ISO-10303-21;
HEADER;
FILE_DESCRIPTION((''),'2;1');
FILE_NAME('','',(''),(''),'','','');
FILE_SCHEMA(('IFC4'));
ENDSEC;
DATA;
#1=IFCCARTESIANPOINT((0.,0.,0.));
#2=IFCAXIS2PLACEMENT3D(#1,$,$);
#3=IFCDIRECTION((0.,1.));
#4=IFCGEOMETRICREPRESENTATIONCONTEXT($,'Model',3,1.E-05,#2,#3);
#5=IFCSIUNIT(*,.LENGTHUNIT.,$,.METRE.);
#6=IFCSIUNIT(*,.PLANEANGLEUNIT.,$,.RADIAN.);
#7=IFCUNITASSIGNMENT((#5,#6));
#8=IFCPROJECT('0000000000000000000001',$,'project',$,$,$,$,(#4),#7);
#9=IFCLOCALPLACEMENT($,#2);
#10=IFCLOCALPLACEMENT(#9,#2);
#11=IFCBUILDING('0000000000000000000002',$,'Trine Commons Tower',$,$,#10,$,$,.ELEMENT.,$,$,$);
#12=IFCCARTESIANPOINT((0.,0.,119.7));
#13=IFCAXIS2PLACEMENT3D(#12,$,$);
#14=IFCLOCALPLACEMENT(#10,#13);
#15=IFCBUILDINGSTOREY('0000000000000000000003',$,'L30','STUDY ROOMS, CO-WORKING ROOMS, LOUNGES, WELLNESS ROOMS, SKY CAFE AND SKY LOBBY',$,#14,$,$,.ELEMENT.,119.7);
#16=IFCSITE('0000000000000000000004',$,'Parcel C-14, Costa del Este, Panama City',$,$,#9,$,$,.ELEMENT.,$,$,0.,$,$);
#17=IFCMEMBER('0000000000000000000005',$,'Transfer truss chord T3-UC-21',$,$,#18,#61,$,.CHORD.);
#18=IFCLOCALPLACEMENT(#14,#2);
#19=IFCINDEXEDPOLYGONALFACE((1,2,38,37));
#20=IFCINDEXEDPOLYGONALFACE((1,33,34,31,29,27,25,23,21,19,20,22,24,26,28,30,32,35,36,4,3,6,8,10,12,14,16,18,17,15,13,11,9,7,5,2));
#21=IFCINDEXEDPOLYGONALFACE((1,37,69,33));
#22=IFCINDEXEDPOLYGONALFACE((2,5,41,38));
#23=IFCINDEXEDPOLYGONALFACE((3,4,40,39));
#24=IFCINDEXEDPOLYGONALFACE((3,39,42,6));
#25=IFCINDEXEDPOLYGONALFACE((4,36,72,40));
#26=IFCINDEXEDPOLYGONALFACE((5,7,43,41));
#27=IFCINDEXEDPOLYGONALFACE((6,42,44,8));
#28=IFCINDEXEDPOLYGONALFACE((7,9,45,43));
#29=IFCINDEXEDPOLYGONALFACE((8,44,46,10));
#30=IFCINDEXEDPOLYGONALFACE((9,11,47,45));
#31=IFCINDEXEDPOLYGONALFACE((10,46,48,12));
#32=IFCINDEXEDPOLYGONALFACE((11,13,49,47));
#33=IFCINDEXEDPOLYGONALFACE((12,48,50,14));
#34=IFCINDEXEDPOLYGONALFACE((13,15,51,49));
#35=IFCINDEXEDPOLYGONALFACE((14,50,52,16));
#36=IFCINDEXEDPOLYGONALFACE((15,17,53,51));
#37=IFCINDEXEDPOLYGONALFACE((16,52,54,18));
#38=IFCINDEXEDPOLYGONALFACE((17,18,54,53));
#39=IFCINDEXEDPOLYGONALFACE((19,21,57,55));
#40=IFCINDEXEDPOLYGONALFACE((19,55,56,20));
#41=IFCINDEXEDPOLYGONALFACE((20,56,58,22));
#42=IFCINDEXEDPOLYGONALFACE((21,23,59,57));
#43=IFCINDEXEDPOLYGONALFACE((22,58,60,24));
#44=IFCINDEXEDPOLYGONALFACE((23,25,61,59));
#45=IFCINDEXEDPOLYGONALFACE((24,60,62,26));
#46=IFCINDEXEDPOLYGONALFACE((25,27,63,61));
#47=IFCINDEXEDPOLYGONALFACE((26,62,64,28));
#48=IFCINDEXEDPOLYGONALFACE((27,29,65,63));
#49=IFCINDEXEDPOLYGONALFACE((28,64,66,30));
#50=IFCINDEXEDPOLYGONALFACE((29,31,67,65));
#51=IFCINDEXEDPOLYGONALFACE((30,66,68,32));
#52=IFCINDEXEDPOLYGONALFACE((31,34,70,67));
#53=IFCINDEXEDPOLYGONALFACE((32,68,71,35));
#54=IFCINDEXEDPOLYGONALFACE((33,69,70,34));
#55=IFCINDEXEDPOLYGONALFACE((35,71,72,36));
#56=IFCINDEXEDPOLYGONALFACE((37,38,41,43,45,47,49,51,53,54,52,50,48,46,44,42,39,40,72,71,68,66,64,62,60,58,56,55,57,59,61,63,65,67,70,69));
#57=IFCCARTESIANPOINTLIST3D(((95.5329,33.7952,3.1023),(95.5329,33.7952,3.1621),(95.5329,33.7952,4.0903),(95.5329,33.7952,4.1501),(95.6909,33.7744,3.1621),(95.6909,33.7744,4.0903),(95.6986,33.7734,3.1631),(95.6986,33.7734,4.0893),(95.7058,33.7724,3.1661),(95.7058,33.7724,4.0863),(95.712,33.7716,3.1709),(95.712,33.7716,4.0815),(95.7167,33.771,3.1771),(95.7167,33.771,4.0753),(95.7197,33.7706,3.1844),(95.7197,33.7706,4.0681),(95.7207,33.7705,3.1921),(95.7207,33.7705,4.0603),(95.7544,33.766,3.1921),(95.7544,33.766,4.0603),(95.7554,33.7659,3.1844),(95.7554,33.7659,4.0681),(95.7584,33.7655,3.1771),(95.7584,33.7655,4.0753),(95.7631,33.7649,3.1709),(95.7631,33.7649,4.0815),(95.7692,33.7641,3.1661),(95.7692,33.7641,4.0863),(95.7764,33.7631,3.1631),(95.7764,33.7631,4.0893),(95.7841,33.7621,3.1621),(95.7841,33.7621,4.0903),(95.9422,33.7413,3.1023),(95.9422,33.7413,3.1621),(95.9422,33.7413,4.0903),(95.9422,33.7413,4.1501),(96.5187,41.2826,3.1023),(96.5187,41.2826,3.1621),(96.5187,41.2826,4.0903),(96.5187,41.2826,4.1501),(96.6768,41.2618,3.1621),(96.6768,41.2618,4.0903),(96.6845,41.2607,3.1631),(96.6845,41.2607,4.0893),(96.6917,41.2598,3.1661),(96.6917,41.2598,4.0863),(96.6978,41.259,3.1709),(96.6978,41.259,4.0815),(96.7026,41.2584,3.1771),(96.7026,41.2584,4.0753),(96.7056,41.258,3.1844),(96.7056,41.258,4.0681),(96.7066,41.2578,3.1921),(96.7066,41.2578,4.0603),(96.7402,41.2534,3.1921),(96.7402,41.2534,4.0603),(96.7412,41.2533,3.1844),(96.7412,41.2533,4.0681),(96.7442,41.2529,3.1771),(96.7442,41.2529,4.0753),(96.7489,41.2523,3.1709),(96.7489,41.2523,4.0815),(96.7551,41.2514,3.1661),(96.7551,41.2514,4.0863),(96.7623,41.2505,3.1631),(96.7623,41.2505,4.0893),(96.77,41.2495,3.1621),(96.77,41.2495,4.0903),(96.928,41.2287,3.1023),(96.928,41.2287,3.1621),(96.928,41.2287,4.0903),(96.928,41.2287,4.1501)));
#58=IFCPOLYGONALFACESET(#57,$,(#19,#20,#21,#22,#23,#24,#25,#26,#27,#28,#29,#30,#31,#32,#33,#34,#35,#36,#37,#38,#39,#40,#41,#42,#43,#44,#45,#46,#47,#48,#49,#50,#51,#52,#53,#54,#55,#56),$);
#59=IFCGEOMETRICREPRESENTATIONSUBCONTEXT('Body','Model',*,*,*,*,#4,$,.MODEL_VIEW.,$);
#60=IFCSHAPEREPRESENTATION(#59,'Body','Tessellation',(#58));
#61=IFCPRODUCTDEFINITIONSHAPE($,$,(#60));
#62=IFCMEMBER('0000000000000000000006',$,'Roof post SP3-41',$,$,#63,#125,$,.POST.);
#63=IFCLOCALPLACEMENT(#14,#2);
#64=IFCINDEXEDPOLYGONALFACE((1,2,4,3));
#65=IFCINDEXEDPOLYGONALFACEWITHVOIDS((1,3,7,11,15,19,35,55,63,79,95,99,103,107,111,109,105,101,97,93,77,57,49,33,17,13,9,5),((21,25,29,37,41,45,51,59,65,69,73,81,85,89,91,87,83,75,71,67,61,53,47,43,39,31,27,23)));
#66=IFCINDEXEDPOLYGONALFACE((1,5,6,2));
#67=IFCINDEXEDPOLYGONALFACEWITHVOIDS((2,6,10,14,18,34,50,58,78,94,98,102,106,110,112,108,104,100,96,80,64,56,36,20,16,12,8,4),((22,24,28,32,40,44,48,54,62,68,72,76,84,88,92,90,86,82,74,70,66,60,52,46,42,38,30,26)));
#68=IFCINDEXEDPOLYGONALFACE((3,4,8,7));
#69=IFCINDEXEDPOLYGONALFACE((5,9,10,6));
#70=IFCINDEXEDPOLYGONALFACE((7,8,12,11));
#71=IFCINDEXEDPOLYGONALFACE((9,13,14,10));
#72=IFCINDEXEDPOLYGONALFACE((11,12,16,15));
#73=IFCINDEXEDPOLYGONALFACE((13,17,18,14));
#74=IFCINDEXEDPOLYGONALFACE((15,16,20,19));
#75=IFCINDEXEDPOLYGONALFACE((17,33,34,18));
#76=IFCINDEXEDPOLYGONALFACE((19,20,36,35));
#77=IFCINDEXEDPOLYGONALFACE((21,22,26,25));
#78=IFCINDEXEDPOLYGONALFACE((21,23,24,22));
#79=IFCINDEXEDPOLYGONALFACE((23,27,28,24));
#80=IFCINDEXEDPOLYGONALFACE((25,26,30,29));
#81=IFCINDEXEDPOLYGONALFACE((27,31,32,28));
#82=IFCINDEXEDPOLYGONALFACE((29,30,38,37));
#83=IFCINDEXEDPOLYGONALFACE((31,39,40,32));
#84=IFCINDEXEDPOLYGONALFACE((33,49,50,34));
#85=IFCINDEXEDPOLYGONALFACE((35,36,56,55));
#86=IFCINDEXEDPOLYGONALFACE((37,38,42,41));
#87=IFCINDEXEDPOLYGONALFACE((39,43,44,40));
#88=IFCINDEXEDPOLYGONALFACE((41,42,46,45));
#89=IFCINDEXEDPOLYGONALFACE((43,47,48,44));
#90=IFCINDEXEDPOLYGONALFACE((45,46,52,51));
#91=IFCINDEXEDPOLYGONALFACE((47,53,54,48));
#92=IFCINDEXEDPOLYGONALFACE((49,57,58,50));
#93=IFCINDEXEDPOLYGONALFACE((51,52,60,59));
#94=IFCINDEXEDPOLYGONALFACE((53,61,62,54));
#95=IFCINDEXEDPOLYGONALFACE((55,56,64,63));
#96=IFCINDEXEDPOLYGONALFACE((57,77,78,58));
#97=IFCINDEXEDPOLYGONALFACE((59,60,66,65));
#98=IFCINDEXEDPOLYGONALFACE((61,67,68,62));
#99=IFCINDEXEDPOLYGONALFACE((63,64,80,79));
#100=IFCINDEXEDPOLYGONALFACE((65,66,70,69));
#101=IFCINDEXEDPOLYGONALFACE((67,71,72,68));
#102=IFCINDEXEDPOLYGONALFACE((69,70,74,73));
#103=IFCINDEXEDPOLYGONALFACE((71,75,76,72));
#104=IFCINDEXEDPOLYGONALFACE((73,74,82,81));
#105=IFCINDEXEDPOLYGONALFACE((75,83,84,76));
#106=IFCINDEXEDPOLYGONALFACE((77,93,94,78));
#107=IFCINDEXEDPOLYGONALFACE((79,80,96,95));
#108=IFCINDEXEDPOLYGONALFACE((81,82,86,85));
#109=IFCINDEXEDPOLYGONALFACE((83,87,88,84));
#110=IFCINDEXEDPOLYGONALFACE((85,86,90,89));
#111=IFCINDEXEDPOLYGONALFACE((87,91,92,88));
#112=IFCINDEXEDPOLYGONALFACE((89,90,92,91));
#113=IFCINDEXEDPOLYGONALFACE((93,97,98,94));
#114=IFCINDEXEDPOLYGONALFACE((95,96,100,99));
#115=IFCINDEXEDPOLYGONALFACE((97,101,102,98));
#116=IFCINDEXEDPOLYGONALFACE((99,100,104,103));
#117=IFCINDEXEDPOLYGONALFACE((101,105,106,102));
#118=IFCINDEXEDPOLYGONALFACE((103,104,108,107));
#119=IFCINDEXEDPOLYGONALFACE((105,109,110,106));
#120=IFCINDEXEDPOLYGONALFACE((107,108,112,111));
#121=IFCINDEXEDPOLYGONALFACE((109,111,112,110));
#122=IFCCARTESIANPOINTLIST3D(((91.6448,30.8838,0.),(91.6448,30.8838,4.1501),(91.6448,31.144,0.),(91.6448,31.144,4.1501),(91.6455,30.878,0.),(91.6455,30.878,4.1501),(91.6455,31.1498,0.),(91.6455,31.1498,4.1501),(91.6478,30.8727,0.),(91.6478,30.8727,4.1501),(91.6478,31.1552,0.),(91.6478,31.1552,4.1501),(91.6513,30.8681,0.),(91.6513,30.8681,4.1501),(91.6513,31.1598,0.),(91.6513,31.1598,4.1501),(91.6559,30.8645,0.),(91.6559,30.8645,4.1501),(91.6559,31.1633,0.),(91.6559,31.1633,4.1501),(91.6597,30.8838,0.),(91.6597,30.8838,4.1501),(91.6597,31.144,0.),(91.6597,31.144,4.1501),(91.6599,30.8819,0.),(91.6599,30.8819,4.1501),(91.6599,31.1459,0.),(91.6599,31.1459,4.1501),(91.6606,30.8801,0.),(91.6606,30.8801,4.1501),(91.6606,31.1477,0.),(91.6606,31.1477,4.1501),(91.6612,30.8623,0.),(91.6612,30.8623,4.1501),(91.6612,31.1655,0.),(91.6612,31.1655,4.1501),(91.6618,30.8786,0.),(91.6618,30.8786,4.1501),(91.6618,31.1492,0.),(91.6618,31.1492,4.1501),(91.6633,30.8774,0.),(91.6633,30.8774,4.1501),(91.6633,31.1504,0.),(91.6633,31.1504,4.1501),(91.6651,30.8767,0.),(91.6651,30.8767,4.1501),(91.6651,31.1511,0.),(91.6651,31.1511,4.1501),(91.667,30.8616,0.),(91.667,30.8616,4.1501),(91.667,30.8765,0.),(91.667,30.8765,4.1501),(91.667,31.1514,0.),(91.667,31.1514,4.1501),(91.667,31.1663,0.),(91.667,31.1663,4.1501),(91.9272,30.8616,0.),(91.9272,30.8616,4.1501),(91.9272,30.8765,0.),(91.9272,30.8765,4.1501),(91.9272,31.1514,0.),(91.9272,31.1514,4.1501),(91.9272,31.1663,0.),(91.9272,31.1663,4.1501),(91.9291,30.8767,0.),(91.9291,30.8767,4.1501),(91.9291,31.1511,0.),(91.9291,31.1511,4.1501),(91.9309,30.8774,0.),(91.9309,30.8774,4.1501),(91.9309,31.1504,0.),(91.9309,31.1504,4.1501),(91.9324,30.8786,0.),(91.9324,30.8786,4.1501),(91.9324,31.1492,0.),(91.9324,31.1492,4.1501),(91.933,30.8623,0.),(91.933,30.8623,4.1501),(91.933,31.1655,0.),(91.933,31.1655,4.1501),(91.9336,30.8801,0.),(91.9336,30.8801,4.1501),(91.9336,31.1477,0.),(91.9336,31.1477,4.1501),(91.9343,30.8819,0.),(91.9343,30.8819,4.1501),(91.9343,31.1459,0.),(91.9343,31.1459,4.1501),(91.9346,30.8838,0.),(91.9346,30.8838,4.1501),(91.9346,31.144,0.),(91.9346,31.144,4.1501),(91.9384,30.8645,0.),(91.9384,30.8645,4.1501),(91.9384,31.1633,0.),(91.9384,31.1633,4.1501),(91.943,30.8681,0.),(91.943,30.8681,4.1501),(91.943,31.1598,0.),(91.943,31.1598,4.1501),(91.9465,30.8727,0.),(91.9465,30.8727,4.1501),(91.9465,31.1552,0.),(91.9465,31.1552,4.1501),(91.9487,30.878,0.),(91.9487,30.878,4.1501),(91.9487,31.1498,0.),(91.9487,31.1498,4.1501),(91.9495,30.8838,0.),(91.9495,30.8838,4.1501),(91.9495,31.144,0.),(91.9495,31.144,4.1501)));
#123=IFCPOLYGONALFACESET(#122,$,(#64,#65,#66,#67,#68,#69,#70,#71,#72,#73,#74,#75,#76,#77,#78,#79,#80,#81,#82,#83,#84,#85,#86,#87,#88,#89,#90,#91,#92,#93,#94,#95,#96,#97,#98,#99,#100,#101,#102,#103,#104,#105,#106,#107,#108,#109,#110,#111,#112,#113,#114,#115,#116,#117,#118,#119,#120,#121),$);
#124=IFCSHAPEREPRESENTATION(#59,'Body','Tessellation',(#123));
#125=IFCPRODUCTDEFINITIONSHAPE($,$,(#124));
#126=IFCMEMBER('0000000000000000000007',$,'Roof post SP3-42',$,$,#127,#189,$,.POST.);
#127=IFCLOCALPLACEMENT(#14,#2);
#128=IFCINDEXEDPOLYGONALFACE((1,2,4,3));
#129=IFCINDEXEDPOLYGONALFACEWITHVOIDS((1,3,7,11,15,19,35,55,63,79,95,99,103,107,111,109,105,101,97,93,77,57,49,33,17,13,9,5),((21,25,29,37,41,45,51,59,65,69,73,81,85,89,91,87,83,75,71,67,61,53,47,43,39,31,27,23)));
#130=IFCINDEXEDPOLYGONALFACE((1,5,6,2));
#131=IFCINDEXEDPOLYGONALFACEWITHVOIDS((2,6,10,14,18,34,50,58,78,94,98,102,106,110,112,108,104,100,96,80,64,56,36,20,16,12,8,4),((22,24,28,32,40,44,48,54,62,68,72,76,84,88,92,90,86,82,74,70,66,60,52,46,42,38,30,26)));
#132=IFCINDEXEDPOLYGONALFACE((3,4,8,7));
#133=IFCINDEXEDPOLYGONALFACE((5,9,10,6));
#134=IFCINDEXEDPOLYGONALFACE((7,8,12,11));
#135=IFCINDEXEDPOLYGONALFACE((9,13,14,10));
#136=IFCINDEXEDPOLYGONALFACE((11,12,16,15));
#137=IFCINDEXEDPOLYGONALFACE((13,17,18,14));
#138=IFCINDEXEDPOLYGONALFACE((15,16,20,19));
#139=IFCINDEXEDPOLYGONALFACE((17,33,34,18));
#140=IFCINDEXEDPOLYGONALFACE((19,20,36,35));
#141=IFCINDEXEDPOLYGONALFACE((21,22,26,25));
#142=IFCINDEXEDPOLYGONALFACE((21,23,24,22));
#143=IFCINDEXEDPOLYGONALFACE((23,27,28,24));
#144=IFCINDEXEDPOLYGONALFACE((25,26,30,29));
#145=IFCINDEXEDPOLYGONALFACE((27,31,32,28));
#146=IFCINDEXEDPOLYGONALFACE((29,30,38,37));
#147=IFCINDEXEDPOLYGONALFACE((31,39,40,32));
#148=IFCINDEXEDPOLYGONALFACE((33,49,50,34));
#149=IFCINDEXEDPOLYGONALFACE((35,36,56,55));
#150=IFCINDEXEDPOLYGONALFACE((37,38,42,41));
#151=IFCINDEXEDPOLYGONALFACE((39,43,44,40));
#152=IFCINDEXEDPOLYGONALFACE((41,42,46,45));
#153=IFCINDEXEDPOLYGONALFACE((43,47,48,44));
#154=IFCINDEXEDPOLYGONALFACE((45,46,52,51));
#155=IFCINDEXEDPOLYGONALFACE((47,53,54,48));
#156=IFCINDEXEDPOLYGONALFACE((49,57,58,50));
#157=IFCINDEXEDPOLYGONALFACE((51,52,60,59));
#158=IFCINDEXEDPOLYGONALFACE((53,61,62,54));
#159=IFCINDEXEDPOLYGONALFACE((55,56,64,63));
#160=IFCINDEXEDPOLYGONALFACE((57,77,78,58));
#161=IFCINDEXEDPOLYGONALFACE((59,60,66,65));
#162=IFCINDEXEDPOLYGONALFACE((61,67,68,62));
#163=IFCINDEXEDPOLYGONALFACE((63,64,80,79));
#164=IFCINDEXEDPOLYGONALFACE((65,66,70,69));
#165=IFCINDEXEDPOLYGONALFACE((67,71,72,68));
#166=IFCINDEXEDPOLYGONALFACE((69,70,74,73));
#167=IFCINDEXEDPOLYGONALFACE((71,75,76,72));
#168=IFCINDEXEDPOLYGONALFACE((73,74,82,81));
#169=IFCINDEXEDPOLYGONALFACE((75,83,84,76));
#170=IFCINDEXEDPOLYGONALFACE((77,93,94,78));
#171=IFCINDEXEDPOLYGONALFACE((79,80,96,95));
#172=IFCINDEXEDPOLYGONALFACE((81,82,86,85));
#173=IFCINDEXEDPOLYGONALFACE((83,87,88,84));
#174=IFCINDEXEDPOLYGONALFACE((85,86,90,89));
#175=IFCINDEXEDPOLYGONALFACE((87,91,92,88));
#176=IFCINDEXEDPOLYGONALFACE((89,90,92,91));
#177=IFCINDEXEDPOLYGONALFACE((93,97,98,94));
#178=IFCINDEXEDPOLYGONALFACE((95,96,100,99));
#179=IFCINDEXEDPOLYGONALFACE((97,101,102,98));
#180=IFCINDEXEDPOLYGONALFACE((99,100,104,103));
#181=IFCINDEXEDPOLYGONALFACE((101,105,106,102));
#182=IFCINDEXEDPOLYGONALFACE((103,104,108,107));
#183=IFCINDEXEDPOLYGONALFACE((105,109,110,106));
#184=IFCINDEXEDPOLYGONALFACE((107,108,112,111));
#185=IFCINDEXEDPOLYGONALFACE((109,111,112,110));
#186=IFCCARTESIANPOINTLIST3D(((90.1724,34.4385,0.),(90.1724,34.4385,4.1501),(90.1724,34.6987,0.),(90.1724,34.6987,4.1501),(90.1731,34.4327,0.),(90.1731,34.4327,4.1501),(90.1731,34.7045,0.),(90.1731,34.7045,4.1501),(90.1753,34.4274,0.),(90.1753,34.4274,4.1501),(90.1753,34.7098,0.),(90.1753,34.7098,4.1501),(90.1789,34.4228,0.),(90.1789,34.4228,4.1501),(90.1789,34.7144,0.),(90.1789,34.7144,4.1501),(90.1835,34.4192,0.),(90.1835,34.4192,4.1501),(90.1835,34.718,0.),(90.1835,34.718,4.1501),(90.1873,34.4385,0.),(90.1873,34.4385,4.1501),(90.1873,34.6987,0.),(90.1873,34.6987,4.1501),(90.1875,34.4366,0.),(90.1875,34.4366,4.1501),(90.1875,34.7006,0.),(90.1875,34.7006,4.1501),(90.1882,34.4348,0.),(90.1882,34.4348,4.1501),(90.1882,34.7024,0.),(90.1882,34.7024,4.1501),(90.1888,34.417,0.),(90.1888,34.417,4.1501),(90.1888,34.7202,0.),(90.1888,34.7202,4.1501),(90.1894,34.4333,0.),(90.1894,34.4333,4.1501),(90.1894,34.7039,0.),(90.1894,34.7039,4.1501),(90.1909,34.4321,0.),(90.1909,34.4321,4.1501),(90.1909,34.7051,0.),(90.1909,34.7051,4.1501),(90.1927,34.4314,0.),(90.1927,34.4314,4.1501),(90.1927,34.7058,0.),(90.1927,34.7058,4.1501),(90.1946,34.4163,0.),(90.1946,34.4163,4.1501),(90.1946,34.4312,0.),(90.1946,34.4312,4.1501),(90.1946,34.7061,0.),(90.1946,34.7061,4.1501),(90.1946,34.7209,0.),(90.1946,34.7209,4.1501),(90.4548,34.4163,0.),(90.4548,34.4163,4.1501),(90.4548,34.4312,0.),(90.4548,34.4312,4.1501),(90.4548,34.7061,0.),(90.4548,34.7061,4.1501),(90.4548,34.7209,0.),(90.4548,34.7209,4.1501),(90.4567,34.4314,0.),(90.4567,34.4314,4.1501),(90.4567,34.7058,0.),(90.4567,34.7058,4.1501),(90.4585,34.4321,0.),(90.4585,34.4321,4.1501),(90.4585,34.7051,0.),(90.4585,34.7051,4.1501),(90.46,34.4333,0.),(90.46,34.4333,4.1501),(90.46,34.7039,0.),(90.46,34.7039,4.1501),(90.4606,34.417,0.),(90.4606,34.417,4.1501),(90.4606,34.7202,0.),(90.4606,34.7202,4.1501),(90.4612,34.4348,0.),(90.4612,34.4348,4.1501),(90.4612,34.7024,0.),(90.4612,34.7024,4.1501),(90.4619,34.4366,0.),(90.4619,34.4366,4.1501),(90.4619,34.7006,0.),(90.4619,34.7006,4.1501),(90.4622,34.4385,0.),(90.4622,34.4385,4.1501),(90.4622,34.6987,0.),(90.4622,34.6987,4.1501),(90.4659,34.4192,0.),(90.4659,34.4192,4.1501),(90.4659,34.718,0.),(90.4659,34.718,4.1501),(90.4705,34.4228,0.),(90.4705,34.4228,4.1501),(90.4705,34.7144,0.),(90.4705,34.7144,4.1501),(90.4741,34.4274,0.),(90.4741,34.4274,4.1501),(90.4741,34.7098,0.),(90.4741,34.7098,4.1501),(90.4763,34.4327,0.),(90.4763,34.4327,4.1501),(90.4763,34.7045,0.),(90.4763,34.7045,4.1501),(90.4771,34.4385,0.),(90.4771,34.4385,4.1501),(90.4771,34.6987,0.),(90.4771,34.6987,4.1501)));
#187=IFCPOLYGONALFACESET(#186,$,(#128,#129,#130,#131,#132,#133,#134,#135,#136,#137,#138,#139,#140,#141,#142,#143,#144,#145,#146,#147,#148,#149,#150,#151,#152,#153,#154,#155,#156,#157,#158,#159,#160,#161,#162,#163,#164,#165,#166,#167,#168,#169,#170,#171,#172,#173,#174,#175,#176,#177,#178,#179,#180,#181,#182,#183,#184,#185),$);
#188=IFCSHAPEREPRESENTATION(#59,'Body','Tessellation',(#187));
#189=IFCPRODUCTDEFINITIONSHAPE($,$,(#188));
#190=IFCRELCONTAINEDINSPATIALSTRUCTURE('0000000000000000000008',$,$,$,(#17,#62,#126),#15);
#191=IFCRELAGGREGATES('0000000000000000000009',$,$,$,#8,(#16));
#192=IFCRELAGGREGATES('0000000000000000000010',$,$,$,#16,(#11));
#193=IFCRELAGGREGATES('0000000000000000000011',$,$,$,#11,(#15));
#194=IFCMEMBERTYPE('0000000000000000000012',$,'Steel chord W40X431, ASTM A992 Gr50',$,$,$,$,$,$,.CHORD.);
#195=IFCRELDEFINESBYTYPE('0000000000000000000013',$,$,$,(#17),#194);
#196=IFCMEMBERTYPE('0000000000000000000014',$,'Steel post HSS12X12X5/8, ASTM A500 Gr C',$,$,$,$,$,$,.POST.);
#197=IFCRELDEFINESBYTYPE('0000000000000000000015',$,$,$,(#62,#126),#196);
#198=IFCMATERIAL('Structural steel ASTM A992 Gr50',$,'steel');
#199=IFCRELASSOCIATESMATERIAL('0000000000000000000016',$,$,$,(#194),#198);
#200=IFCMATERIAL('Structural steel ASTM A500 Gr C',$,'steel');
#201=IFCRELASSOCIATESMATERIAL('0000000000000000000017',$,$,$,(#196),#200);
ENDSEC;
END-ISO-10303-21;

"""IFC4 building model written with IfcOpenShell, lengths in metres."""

from ifc_helpers import new_model, si_unit, direction, frame, origin, origin_2d, place, context, subcontext, project, spatial, hollow_rectangle, i_section, extrude, material, material_profile, profile_set, type_object, element, save


model = new_model("IFC4")

# Units and contexts
model_context = context("Model", 3, precision=1e-05, world=origin(), true_north=direction((0.0, 1.0)))
body_context = subcontext(model_context, "Body", "Model", "MODEL_VIEW")
ifc_project = project(units=[si_unit("LENGTHUNIT", "METRE"), si_unit("PLANEANGLEUNIT", "RADIAN")], contexts=[model_context])

# Site, building, storey
site_placement = place(None, origin())
site = spatial("IfcSite", under=ifc_project, at=site_placement, Name="Parcel C-14, Costa del Este, Panama City", CompositionType="ELEMENT", RefElevation=0.0)
building_placement = place(site_placement, origin())
building = spatial("IfcBuilding", under=site, at=building_placement, Name="Trine Commons Tower", CompositionType="ELEMENT")
storey_placement = place(building_placement, frame((0.0, 0.0, 119.7)))
storey = spatial("IfcBuildingStorey", under=building, at=storey_placement, Name="L30", Description="STUDY ROOMS, CO-WORKING ROOMS, LOUNGES, WELLNESS ROOMS, SKY CAFE AND SKY LOBBY", CompositionType="ELEMENT", Elevation=119.7)

# Shared definitions
ifc_material_1 = material(Name="Structural steel ASTM A992 Gr50", Category="steel")

# Members
ifc_material_profile_1 = material_profile(ifc_material_1, i_section(OverallWidth=0.4128, OverallDepth=1.0479, WebThickness=0.0339, FlangeThickness=0.0598, FilletRadius=0.03, at=origin_2d()), Name="W40X431")
ifc_profile_set_1 = profile_set([ifc_material_profile_1], Name="Structural steel ASTM A992 Gr50")
member_type_1 = type_object("IfcMemberType", Name="Steel chord W40X431, ASTM A992 Gr50", PredefinedType="CHORD", material=ifc_profile_set_1)
member_1_placement = place(storey_placement, frame((96.7234, 41.2556, 3.6262), z_axis=(-0.130541, -0.991443, 0.0), x_axis=(0.991443, -0.130541, 0.0)))
element("IfcMember", 1, at=member_1_placement, inside=storey, type_object=member_type_1, Name="Transfer truss chord T3-UC-21", PredefinedType="CHORD", context=body_context, shape_type="SweptSolid", body=[
    extrude(i_section(OverallWidth=0.4128, OverallDepth=1.0479, WebThickness=0.0339, FlangeThickness=0.0598, FilletRadius=0.03, at=origin_2d()), origin(), (0.0, 0.0, 1.0), 7.552),
])
ifc_material_2 = material(Name="Structural steel ASTM A500 Gr C", Category="steel")
ifc_material_profile_2 = material_profile(ifc_material_2, hollow_rectangle(XDim=0.3047, YDim=0.3047, WallThickness=0.0149, InnerFilletRadius=0.0073, OuterFilletRadius=0.0222, at=origin_2d()), Name="HSS12X12X5/8")
ifc_profile_set_2 = profile_set([ifc_material_profile_2], Name="Structural steel ASTM A500 Gr C")
member_type_2 = type_object("IfcMemberType", Name="Steel post HSS12X12X5/8, ASTM A500 Gr C", PredefinedType="POST", material=ifc_profile_set_2)
for number, where, z_axis, x_axis, name in (
    (2, (91.7971, 31.0139, 0.0), (0.0, 0.0, 1.0), (1.0, 0.0, 0.0), "Roof post SP3-41"),
    (3, (90.3247, 34.5686, 0.0), (0.0, 0.0, 1.0), (1.0, 0.0, 0.0), "Roof post SP3-42"),
):
    element("IfcMember", number, at=place(storey_placement, frame(where, z_axis=z_axis, x_axis=x_axis)), inside=storey, type_object=member_type_2, Name=name, PredefinedType="POST", context=body_context, shape_type="SweptSolid", body=[
        extrude(hollow_rectangle(XDim=0.3047, YDim=0.3047, WallThickness=0.0149, InnerFilletRadius=0.0073, OuterFilletRadius=0.0222, at=origin_2d()), origin(), (0.0, 0.0, 1.0), 4.1501),
    ])

save(model, "model.ifc")
